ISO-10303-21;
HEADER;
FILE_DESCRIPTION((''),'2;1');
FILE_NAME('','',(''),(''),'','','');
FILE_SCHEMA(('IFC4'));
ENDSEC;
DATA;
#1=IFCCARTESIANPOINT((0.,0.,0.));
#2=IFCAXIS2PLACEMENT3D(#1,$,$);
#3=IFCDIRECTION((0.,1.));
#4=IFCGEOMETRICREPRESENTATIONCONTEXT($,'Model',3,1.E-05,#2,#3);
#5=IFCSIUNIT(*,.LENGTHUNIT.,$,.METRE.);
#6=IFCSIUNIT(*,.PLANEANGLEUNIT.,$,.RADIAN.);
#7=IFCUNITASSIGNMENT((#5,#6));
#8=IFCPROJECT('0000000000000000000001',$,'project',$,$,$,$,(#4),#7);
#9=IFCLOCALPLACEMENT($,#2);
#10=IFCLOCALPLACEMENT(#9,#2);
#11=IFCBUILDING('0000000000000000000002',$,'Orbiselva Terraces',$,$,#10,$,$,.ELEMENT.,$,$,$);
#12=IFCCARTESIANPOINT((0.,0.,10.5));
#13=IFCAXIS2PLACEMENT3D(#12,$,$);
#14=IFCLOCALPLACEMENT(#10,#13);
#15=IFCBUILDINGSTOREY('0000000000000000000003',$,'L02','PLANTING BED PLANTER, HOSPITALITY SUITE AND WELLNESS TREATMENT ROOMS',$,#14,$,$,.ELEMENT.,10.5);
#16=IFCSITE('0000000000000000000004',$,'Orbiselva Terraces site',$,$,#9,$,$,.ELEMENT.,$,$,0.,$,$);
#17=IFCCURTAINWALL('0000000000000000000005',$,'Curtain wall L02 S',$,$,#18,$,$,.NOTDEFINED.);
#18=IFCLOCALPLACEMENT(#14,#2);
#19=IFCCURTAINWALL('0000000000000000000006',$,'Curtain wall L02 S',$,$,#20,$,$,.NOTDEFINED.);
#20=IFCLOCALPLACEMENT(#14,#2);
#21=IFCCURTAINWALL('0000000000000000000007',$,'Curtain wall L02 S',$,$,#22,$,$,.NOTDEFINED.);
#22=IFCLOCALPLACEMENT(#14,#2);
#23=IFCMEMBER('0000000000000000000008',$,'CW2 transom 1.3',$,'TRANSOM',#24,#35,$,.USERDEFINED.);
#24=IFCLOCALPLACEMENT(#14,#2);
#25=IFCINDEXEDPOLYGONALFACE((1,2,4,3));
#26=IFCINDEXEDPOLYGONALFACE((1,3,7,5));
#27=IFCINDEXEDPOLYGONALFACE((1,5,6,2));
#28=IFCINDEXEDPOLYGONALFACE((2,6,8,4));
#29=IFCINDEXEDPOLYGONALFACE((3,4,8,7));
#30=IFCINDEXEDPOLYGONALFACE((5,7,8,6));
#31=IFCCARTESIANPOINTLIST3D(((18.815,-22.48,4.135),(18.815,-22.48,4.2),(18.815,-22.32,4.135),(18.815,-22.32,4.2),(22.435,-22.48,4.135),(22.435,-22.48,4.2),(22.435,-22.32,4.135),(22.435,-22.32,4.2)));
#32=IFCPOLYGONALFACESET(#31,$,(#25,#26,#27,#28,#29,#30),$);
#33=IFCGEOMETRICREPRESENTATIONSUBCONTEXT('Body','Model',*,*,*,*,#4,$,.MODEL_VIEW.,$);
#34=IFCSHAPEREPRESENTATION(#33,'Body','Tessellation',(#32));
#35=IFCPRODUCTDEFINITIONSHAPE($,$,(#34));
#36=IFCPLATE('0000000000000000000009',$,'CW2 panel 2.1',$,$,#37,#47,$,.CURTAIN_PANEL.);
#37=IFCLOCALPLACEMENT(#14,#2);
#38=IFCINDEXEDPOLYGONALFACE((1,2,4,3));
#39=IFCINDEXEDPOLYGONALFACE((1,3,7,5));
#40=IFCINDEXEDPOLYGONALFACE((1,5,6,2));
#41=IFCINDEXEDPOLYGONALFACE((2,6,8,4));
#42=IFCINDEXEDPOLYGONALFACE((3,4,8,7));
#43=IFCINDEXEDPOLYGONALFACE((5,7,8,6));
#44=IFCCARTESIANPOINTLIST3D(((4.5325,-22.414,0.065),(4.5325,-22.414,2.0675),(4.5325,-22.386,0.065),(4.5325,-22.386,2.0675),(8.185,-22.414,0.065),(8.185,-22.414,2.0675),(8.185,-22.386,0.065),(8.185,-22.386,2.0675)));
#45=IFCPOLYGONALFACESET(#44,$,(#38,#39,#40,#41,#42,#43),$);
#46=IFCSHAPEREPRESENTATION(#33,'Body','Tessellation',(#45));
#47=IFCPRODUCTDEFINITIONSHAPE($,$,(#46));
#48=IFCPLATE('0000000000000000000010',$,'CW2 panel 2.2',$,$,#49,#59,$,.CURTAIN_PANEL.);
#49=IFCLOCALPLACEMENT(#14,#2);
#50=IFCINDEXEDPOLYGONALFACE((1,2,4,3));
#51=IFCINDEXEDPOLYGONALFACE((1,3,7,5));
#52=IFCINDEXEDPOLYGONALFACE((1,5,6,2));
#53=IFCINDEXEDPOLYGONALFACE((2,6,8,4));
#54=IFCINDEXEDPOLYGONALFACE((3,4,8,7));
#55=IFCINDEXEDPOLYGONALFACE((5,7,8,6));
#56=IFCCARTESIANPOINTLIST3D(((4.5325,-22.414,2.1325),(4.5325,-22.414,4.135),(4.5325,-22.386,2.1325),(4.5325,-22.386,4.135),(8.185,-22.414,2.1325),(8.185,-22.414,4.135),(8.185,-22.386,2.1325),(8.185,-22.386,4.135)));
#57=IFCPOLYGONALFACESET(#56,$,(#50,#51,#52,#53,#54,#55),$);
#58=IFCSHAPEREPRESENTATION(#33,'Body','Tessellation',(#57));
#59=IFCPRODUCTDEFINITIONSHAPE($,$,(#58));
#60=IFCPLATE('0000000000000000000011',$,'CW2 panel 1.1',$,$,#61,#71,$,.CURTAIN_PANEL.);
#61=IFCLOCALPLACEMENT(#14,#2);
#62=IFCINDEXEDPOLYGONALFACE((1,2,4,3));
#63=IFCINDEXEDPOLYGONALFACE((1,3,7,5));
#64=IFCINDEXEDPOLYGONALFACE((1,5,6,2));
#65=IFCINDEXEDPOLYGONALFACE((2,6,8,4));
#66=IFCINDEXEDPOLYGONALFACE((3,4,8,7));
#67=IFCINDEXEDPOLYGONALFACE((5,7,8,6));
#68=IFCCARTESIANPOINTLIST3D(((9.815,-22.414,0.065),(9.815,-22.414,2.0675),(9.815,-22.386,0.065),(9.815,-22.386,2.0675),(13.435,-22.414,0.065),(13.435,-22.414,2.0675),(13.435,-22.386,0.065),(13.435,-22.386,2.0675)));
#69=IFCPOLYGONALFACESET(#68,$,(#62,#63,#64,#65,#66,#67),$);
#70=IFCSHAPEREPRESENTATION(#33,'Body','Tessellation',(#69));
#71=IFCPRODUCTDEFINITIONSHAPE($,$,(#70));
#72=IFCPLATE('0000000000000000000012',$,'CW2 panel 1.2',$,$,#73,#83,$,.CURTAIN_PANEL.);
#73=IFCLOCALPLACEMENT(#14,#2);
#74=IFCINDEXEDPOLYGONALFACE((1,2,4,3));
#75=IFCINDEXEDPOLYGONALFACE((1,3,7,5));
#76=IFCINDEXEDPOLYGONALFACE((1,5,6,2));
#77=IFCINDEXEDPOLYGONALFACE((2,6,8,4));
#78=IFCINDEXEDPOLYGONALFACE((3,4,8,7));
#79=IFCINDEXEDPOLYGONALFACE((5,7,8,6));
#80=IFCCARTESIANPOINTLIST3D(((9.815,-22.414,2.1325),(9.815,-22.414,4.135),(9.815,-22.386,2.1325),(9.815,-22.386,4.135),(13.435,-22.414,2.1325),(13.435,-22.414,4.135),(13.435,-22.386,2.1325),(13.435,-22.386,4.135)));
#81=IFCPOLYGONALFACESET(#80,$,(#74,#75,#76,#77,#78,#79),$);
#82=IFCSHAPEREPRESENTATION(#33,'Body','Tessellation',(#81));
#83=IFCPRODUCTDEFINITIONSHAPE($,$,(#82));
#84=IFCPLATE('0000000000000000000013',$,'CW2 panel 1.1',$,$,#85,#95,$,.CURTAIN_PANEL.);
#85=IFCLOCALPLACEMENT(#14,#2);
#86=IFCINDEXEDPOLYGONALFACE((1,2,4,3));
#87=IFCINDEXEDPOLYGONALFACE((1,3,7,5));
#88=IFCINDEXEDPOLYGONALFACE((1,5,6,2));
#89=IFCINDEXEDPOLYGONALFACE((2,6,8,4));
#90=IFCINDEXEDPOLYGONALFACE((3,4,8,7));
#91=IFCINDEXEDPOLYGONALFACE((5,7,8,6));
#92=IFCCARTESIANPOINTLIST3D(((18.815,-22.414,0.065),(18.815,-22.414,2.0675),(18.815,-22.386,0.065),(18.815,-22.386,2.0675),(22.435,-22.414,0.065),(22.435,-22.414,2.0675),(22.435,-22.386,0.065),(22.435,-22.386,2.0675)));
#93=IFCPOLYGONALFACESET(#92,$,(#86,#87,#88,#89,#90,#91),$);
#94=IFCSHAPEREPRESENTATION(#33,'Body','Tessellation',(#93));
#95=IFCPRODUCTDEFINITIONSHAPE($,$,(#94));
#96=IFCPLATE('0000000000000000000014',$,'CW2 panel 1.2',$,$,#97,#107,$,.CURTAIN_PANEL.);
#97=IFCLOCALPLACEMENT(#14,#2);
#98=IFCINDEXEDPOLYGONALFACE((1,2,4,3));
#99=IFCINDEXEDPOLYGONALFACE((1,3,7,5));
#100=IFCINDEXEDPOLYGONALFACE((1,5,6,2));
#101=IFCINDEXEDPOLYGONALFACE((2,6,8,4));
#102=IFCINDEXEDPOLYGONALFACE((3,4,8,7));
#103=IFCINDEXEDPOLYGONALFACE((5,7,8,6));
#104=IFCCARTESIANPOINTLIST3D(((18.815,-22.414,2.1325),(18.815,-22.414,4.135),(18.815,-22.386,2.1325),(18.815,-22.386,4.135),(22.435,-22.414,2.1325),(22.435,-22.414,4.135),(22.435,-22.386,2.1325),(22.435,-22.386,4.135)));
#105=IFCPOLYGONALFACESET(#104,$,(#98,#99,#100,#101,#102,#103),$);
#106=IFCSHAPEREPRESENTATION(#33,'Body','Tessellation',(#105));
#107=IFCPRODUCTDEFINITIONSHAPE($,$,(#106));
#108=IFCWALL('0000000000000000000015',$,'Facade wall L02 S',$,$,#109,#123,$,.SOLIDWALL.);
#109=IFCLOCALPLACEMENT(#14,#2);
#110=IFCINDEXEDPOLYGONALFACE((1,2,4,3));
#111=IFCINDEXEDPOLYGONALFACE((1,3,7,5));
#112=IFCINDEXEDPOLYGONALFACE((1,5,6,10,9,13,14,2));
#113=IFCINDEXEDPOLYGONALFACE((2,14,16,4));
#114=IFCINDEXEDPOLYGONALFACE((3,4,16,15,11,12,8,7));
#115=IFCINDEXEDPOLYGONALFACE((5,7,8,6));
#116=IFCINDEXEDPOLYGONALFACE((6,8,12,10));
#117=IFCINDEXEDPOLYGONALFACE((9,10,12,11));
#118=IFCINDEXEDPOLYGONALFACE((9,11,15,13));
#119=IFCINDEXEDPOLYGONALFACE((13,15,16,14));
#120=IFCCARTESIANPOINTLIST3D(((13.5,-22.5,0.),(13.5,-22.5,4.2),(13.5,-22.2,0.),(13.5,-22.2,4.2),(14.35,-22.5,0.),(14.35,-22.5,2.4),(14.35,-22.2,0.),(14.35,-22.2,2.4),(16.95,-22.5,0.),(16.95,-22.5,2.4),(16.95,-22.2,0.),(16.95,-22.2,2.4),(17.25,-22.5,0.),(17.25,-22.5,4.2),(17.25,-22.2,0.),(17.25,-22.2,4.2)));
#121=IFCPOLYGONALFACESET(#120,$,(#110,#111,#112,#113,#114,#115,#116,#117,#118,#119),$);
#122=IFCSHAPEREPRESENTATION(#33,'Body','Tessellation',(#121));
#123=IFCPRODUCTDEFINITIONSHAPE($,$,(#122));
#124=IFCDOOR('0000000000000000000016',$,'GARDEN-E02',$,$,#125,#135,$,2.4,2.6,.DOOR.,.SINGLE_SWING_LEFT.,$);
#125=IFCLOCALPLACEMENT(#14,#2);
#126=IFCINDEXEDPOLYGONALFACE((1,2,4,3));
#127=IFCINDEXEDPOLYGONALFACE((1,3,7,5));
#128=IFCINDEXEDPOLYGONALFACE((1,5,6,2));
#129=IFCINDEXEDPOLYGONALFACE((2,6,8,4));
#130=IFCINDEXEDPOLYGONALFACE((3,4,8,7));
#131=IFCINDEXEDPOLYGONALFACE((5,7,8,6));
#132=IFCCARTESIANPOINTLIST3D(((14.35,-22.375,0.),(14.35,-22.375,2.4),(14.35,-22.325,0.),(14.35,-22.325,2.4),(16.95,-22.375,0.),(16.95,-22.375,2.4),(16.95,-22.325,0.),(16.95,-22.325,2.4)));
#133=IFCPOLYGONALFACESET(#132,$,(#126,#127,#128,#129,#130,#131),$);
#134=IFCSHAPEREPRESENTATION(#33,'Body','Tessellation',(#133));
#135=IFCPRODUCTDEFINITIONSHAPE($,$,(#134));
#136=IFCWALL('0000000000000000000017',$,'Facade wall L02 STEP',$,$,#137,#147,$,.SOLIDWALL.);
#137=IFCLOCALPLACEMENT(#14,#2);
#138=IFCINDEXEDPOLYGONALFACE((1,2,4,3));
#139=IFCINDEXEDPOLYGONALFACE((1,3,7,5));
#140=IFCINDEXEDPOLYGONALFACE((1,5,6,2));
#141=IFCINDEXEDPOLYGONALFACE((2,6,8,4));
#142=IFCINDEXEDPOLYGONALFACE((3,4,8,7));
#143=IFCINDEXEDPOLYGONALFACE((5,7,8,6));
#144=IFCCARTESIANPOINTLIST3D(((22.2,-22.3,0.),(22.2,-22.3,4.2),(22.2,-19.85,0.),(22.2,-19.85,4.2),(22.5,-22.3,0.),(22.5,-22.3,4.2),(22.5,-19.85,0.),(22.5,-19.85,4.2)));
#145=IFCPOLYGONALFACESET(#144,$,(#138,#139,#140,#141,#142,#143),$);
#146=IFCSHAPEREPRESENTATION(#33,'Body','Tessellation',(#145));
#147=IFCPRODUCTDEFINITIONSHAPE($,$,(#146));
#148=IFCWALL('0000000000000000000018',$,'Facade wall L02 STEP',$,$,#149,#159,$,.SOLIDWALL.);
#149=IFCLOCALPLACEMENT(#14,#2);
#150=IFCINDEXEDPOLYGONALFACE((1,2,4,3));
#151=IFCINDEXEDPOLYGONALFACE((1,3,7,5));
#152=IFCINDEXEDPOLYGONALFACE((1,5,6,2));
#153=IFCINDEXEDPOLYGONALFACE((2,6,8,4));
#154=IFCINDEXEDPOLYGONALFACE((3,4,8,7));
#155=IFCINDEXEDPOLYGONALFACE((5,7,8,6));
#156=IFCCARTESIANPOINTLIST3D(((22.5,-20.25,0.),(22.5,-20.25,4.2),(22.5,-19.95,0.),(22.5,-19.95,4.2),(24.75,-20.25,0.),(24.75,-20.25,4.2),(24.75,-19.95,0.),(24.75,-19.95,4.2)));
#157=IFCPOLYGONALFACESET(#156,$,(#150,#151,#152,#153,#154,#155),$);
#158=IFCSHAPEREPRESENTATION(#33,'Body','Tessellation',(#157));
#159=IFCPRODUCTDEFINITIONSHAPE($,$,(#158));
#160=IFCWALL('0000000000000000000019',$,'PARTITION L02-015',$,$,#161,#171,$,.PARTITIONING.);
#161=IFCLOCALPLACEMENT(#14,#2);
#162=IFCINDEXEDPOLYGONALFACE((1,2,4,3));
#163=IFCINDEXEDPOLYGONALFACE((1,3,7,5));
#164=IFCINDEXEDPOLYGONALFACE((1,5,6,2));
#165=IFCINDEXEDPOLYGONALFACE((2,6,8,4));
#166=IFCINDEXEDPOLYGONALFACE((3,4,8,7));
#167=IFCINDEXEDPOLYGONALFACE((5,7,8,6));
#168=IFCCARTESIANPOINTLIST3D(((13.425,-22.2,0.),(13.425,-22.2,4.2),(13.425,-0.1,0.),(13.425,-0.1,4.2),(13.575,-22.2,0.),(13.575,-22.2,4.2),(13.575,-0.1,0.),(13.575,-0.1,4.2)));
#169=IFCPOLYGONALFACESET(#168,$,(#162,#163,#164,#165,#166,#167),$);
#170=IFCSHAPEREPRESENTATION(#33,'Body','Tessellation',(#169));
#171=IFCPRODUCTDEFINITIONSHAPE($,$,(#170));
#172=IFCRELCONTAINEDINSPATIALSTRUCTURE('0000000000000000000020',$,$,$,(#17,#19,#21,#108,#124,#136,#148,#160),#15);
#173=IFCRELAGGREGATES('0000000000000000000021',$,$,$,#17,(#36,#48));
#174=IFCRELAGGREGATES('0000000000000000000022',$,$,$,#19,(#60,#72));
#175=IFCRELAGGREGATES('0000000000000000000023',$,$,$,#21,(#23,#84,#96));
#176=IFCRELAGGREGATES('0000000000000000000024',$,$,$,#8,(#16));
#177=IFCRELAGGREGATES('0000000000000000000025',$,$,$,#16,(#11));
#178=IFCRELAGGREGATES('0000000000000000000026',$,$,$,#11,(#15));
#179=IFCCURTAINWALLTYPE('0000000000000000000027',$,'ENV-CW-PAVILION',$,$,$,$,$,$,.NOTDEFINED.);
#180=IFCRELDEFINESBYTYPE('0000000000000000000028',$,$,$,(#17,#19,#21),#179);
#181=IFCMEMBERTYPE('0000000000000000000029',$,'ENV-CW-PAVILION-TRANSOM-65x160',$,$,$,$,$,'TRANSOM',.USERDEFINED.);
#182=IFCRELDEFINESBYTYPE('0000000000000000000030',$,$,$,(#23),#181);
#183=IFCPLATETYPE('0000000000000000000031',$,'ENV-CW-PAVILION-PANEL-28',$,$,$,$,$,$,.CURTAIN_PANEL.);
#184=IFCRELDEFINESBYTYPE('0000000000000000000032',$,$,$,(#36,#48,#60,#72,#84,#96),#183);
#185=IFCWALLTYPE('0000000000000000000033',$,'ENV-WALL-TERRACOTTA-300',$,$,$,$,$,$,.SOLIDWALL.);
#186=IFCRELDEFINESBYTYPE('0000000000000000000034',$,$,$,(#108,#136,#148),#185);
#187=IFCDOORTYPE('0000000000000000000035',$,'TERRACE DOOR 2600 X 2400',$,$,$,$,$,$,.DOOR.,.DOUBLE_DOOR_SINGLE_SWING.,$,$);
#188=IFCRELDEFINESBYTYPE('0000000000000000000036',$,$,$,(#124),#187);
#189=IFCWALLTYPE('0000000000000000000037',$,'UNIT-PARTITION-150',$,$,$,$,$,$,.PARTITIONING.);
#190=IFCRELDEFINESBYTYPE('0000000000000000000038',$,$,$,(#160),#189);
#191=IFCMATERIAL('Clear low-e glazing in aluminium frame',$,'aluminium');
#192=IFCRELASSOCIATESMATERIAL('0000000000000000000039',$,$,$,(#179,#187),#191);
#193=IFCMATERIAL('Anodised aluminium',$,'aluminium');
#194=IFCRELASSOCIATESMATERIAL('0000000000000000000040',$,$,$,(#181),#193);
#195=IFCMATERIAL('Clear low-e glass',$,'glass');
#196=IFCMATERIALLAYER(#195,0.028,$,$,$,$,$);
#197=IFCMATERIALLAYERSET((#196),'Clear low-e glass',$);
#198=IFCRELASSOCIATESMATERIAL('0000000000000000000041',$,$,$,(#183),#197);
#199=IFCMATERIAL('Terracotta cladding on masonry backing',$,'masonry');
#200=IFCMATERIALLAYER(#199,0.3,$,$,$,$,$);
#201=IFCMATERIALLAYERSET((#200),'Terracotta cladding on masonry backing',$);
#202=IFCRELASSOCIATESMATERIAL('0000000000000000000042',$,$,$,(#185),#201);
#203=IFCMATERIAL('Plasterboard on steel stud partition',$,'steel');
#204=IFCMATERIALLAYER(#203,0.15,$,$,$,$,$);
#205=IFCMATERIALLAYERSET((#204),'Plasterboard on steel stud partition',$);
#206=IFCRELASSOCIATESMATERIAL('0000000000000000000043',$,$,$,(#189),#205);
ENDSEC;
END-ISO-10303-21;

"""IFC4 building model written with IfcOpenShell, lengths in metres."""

from ifc_helpers import new_model, si_unit, direction, frame, frame_2d, origin, origin_2d, place, context, subcontext, project, spatial, rectangle, extrude, material, layer, layer_set, material_profile, profile_set, type_object, element, fill, aggregate, save


model = new_model("IFC4")

# Units and contexts
model_context = context("Model", 3, precision=1e-05, world=origin(), true_north=direction((0.0, 1.0)))
body_context = subcontext(model_context, "Body", "Model", "MODEL_VIEW")
ifc_project = project(units=[si_unit("LENGTHUNIT", "METRE"), si_unit("PLANEANGLEUNIT", "RADIAN")], contexts=[model_context])

# Site, building, storey
site_placement = place(None, origin())
site = spatial("IfcSite", under=ifc_project, at=site_placement, Name="Orbiselva Terraces site", CompositionType="ELEMENT", RefElevation=0.0)
building_placement = place(site_placement, origin())
building = spatial("IfcBuilding", under=site, at=building_placement, Name="Orbiselva Terraces", CompositionType="ELEMENT")
storey_placement = place(building_placement, frame((0.0, 0.0, 10.5)))
storey = spatial("IfcBuildingStorey", under=building, at=storey_placement, Name="L02", Description="PLANTING BED PLANTER, HOSPITALITY SUITE AND WELLNESS TREATMENT ROOMS", CompositionType="ELEMENT", Elevation=10.5)

# Curtain wall
ifc_material_1 = material(Name="Clear low-e glazing in aluminium frame", Category="aluminium")
curtain_wall_type = type_object("IfcCurtainWallType", Name="ENV-CW-PAVILION", PredefinedType="NOTDEFINED", material=ifc_material_1)
curtain_wall_1_placement = place(storey_placement, origin())
curtain_wall_1 = element("IfcCurtainWall", 1, at=curtain_wall_1_placement, inside=storey, type_object=curtain_wall_type, Name="Curtain wall L02 S", PredefinedType="NOTDEFINED")
ifc_material_2 = material(Name="Anodised aluminium", Category="aluminium")

# Curtain walls
curtain_wall_2_placement = place(storey_placement, origin())
curtain_wall_2 = element("IfcCurtainWall", 2, at=curtain_wall_2_placement, inside=storey, type_object=curtain_wall_type, Name="Curtain wall L02 S", PredefinedType="NOTDEFINED")
curtain_wall_3_placement = place(storey_placement, origin())
curtain_wall_3 = element("IfcCurtainWall", 3, at=curtain_wall_3_placement, inside=storey, type_object=curtain_wall_type, Name="Curtain wall L02 S", PredefinedType="NOTDEFINED")

# Member
ifc_material_profile_1 = material_profile(ifc_material_2, rectangle(XDim=0.16, YDim=0.065, at=origin_2d()), Name="AL 65x160")
ifc_profile_set_1 = profile_set([ifc_material_profile_1], Name="Anodised aluminium")
member_type_1 = type_object("IfcMemberType", Name="ENV-CW-PAVILION-TRANSOM-65x160", ElementType="TRANSOM", PredefinedType="USERDEFINED", material=ifc_profile_set_1)
member_1_placement = place(storey_placement, frame((18.815, -22.4, 4.1675), z_axis=(1.0, 0.0, 0.0), x_axis=(0.0, 1.0, 0.0)))
member_1 = element("IfcMember", 4, at=member_1_placement, type_object=member_type_1, Name="CW2 transom 1.3", ObjectType="TRANSOM", PredefinedType="USERDEFINED", context=body_context, shape_type="SweptSolid", body=[
    extrude(rectangle(XDim=0.16, YDim=0.065, at=origin_2d()), origin(), (0.0, 0.0, 1.0), 3.62),
])

# Plates
ifc_material_3 = material(Name="Clear low-e glass", Category="glass")
ifc_layer_1 = layer(ifc_material_3, 0.028)
ifc_layer_set_1 = layer_set([ifc_layer_1], Name="Clear low-e glass")
plate_type = type_object("IfcPlateType", Name="ENV-CW-PAVILION-PANEL-28", PredefinedType="CURTAIN_PANEL", material=ifc_layer_set_1)
plate_1_placement = place(storey_placement, frame((6.3587, -22.4, 0.065), z_axis=(0.0, 0.0, 1.0), x_axis=(1.0, 0.0, 0.0)))
plate_1 = element("IfcPlate", 5, at=plate_1_placement, type_object=plate_type, Name="CW2 panel 2.1", PredefinedType="CURTAIN_PANEL", context=body_context, shape_type="SweptSolid", body=[
    extrude(rectangle(XDim=3.6525, YDim=0.028, at=origin_2d()), origin(), (0.0, 0.0, 1.0), 2.0025),
])
plate_2_placement = place(storey_placement, frame((6.3587, -22.4, 2.1325), z_axis=(0.0, 0.0, 1.0), x_axis=(1.0, 0.0, 0.0)))
plate_2 = element("IfcPlate", 6, at=plate_2_placement, type_object=plate_type, Name="CW2 panel 2.2", PredefinedType="CURTAIN_PANEL", context=body_context, shape_type="SweptSolid", body=[
    extrude(rectangle(XDim=3.6525, YDim=0.028, at=origin_2d()), origin(), (0.0, 0.0, 1.0), 2.0025),
])
aggregate(curtain_wall_1, [plate_1, plate_2])
plate_3_placement = place(storey_placement, frame((11.625, -22.4, 0.065), z_axis=(0.0, 0.0, 1.0), x_axis=(1.0, 0.0, 0.0)))
plate_3 = element("IfcPlate", 7, at=plate_3_placement, type_object=plate_type, Name="CW2 panel 1.1", PredefinedType="CURTAIN_PANEL", context=body_context, shape_type="SweptSolid", body=[
    extrude(rectangle(XDim=3.62, YDim=0.028, at=origin_2d()), origin(), (0.0, 0.0, 1.0), 2.0025),
])
plate_4_placement = place(storey_placement, frame((11.625, -22.4, 2.1325), z_axis=(0.0, 0.0, 1.0), x_axis=(1.0, 0.0, 0.0)))
plate_4 = element("IfcPlate", 8, at=plate_4_placement, type_object=plate_type, Name="CW2 panel 1.2", PredefinedType="CURTAIN_PANEL", context=body_context, shape_type="SweptSolid", body=[
    extrude(rectangle(XDim=3.62, YDim=0.028, at=origin_2d()), origin(), (0.0, 0.0, 1.0), 2.0025),
])
aggregate(curtain_wall_2, [plate_3, plate_4])
plate_5_placement = place(storey_placement, frame((20.625, -22.4, 0.065), z_axis=(0.0, 0.0, 1.0), x_axis=(1.0, 0.0, 0.0)))
plate_5 = element("IfcPlate", 9, at=plate_5_placement, type_object=plate_type, Name="CW2 panel 1.1", PredefinedType="CURTAIN_PANEL", context=body_context, shape_type="SweptSolid", body=[
    extrude(rectangle(XDim=3.62, YDim=0.028, at=origin_2d()), origin(), (0.0, 0.0, 1.0), 2.0025),
])
plate_6_placement = place(storey_placement, frame((20.625, -22.4, 2.1325), z_axis=(0.0, 0.0, 1.0), x_axis=(1.0, 0.0, 0.0)))
plate_6 = element("IfcPlate", 10, at=plate_6_placement, type_object=plate_type, Name="CW2 panel 1.2", PredefinedType="CURTAIN_PANEL", context=body_context, shape_type="SweptSolid", body=[
    extrude(rectangle(XDim=3.62, YDim=0.028, at=origin_2d()), origin(), (0.0, 0.0, 1.0), 2.0025),
])
aggregate(curtain_wall_3, [member_1, plate_5, plate_6])

# Wall, opening, door
ifc_material_4 = material(Name="Terracotta cladding on masonry backing", Category="masonry")
ifc_layer_2 = layer(ifc_material_4, 0.3)
ifc_layer_set_2 = layer_set([ifc_layer_2], Name="Terracotta cladding on masonry backing")
wall_type_1 = type_object("IfcWallType", Name="ENV-WALL-TERRACOTTA-300", PredefinedType="SOLIDWALL", material=ifc_layer_set_2)
wall_1_placement = place(storey_placement, frame((17.25, -22.35, 0.0), z_axis=(0.0, 0.0, 1.0), x_axis=(-1.0, 0.0, 0.0)))
wall_1 = element("IfcWall", 11, at=wall_1_placement, inside=storey, type_object=wall_type_1, Name="Facade wall L02 S", PredefinedType="SOLIDWALL", context=body_context, shape_type="SweptSolid", body=[
    extrude(rectangle(XDim=3.75, YDim=0.3, at=frame_2d((1.875, 0.0))), origin(), (0.0, 0.0, 1.0), 4.2),
])
opening_placement = place(wall_1_placement, frame((0.3, 0.0, 0.0)))
opening = element("IfcOpeningElement", 12, at=opening_placement, cuts=wall_1, PredefinedType="OPENING", context=body_context, shape_type="SweptSolid", body=[
    extrude(rectangle(XDim=2.6, YDim=2.4, at=frame_2d((1.3, 1.2))), frame((0.0, 0.16, 0.0), z_axis=(0.0, -1.0, 0.0), x_axis=(1.0, 0.0, 0.0)), (0.0, 0.0, 1.0), 0.32),
])
door_type = type_object("IfcDoorType", Name="TERRACE DOOR 2600 X 2400", OperationType="DOUBLE_DOOR_SINGLE_SWING", PredefinedType="DOOR", material=ifc_material_1)
door_placement = place(opening_placement, origin())
door = element("IfcDoor", 13, at=door_placement, inside=storey, type_object=door_type, Name="GARDEN-E02", OperationType="SINGLE_SWING_LEFT", OverallHeight=2.4, OverallWidth=2.6, PredefinedType="DOOR", context=body_context, shape_type="SweptSolid", body=[
    extrude(rectangle(XDim=2.6, YDim=2.4, at=frame_2d((1.3, 1.2))), frame((0.0, 0.025, 0.0), z_axis=(0.0, -1.0, 0.0), x_axis=(1.0, 0.0, 0.0)), (0.0, 0.0, 1.0), 0.05),
])
fill(opening, door)

# Walls
wall_2_placement = place(storey_placement, frame((22.35, -19.85, 0.0), z_axis=(0.0, 0.0, 1.0), x_axis=(0.0, -1.0, 0.0)))
element("IfcWall", 14, at=wall_2_placement, inside=storey, type_object=wall_type_1, Name="Facade wall L02 STEP", PredefinedType="SOLIDWALL", context=body_context, shape_type="SweptSolid", body=[
    extrude(rectangle(XDim=2.45, YDim=0.3, at=frame_2d((1.225, 0.0))), origin(), (0.0, 0.0, 1.0), 4.2),
])
wall_3_placement = place(storey_placement, frame((24.75, -20.1, 0.0), z_axis=(0.0, 0.0, 1.0), x_axis=(-1.0, 0.0, 0.0)))
element("IfcWall", 15, at=wall_3_placement, inside=storey, type_object=wall_type_1, Name="Facade wall L02 STEP", PredefinedType="SOLIDWALL", context=body_context, shape_type="SweptSolid", body=[
    extrude(rectangle(XDim=2.25, YDim=0.3, at=frame_2d((1.125, 0.0))), origin(), (0.0, 0.0, 1.0), 4.2),
])
ifc_material_5 = material(Name="Plasterboard on steel stud partition", Category="steel")
ifc_layer_3 = layer(ifc_material_5, 0.15)
ifc_layer_set_3 = layer_set([ifc_layer_3], Name="Plasterboard on steel stud partition")
wall_type_2 = type_object("IfcWallType", Name="UNIT-PARTITION-150", PredefinedType="PARTITIONING", material=ifc_layer_set_3)
wall_4_placement = place(storey_placement, frame((13.5, -22.2, 0.0), z_axis=(0.0, 0.0, 1.0), x_axis=(0.0, 1.0, 0.0)))
element("IfcWall", 16, at=wall_4_placement, inside=storey, type_object=wall_type_2, Name="PARTITION L02-015", PredefinedType="PARTITIONING", context=body_context, shape_type="SweptSolid", body=[
    extrude(rectangle(XDim=22.1, YDim=0.15, at=frame_2d((11.05, 0.0))), origin(), (0.0, 0.0, 1.0), 4.2),
])

save(model, "model.ifc")
